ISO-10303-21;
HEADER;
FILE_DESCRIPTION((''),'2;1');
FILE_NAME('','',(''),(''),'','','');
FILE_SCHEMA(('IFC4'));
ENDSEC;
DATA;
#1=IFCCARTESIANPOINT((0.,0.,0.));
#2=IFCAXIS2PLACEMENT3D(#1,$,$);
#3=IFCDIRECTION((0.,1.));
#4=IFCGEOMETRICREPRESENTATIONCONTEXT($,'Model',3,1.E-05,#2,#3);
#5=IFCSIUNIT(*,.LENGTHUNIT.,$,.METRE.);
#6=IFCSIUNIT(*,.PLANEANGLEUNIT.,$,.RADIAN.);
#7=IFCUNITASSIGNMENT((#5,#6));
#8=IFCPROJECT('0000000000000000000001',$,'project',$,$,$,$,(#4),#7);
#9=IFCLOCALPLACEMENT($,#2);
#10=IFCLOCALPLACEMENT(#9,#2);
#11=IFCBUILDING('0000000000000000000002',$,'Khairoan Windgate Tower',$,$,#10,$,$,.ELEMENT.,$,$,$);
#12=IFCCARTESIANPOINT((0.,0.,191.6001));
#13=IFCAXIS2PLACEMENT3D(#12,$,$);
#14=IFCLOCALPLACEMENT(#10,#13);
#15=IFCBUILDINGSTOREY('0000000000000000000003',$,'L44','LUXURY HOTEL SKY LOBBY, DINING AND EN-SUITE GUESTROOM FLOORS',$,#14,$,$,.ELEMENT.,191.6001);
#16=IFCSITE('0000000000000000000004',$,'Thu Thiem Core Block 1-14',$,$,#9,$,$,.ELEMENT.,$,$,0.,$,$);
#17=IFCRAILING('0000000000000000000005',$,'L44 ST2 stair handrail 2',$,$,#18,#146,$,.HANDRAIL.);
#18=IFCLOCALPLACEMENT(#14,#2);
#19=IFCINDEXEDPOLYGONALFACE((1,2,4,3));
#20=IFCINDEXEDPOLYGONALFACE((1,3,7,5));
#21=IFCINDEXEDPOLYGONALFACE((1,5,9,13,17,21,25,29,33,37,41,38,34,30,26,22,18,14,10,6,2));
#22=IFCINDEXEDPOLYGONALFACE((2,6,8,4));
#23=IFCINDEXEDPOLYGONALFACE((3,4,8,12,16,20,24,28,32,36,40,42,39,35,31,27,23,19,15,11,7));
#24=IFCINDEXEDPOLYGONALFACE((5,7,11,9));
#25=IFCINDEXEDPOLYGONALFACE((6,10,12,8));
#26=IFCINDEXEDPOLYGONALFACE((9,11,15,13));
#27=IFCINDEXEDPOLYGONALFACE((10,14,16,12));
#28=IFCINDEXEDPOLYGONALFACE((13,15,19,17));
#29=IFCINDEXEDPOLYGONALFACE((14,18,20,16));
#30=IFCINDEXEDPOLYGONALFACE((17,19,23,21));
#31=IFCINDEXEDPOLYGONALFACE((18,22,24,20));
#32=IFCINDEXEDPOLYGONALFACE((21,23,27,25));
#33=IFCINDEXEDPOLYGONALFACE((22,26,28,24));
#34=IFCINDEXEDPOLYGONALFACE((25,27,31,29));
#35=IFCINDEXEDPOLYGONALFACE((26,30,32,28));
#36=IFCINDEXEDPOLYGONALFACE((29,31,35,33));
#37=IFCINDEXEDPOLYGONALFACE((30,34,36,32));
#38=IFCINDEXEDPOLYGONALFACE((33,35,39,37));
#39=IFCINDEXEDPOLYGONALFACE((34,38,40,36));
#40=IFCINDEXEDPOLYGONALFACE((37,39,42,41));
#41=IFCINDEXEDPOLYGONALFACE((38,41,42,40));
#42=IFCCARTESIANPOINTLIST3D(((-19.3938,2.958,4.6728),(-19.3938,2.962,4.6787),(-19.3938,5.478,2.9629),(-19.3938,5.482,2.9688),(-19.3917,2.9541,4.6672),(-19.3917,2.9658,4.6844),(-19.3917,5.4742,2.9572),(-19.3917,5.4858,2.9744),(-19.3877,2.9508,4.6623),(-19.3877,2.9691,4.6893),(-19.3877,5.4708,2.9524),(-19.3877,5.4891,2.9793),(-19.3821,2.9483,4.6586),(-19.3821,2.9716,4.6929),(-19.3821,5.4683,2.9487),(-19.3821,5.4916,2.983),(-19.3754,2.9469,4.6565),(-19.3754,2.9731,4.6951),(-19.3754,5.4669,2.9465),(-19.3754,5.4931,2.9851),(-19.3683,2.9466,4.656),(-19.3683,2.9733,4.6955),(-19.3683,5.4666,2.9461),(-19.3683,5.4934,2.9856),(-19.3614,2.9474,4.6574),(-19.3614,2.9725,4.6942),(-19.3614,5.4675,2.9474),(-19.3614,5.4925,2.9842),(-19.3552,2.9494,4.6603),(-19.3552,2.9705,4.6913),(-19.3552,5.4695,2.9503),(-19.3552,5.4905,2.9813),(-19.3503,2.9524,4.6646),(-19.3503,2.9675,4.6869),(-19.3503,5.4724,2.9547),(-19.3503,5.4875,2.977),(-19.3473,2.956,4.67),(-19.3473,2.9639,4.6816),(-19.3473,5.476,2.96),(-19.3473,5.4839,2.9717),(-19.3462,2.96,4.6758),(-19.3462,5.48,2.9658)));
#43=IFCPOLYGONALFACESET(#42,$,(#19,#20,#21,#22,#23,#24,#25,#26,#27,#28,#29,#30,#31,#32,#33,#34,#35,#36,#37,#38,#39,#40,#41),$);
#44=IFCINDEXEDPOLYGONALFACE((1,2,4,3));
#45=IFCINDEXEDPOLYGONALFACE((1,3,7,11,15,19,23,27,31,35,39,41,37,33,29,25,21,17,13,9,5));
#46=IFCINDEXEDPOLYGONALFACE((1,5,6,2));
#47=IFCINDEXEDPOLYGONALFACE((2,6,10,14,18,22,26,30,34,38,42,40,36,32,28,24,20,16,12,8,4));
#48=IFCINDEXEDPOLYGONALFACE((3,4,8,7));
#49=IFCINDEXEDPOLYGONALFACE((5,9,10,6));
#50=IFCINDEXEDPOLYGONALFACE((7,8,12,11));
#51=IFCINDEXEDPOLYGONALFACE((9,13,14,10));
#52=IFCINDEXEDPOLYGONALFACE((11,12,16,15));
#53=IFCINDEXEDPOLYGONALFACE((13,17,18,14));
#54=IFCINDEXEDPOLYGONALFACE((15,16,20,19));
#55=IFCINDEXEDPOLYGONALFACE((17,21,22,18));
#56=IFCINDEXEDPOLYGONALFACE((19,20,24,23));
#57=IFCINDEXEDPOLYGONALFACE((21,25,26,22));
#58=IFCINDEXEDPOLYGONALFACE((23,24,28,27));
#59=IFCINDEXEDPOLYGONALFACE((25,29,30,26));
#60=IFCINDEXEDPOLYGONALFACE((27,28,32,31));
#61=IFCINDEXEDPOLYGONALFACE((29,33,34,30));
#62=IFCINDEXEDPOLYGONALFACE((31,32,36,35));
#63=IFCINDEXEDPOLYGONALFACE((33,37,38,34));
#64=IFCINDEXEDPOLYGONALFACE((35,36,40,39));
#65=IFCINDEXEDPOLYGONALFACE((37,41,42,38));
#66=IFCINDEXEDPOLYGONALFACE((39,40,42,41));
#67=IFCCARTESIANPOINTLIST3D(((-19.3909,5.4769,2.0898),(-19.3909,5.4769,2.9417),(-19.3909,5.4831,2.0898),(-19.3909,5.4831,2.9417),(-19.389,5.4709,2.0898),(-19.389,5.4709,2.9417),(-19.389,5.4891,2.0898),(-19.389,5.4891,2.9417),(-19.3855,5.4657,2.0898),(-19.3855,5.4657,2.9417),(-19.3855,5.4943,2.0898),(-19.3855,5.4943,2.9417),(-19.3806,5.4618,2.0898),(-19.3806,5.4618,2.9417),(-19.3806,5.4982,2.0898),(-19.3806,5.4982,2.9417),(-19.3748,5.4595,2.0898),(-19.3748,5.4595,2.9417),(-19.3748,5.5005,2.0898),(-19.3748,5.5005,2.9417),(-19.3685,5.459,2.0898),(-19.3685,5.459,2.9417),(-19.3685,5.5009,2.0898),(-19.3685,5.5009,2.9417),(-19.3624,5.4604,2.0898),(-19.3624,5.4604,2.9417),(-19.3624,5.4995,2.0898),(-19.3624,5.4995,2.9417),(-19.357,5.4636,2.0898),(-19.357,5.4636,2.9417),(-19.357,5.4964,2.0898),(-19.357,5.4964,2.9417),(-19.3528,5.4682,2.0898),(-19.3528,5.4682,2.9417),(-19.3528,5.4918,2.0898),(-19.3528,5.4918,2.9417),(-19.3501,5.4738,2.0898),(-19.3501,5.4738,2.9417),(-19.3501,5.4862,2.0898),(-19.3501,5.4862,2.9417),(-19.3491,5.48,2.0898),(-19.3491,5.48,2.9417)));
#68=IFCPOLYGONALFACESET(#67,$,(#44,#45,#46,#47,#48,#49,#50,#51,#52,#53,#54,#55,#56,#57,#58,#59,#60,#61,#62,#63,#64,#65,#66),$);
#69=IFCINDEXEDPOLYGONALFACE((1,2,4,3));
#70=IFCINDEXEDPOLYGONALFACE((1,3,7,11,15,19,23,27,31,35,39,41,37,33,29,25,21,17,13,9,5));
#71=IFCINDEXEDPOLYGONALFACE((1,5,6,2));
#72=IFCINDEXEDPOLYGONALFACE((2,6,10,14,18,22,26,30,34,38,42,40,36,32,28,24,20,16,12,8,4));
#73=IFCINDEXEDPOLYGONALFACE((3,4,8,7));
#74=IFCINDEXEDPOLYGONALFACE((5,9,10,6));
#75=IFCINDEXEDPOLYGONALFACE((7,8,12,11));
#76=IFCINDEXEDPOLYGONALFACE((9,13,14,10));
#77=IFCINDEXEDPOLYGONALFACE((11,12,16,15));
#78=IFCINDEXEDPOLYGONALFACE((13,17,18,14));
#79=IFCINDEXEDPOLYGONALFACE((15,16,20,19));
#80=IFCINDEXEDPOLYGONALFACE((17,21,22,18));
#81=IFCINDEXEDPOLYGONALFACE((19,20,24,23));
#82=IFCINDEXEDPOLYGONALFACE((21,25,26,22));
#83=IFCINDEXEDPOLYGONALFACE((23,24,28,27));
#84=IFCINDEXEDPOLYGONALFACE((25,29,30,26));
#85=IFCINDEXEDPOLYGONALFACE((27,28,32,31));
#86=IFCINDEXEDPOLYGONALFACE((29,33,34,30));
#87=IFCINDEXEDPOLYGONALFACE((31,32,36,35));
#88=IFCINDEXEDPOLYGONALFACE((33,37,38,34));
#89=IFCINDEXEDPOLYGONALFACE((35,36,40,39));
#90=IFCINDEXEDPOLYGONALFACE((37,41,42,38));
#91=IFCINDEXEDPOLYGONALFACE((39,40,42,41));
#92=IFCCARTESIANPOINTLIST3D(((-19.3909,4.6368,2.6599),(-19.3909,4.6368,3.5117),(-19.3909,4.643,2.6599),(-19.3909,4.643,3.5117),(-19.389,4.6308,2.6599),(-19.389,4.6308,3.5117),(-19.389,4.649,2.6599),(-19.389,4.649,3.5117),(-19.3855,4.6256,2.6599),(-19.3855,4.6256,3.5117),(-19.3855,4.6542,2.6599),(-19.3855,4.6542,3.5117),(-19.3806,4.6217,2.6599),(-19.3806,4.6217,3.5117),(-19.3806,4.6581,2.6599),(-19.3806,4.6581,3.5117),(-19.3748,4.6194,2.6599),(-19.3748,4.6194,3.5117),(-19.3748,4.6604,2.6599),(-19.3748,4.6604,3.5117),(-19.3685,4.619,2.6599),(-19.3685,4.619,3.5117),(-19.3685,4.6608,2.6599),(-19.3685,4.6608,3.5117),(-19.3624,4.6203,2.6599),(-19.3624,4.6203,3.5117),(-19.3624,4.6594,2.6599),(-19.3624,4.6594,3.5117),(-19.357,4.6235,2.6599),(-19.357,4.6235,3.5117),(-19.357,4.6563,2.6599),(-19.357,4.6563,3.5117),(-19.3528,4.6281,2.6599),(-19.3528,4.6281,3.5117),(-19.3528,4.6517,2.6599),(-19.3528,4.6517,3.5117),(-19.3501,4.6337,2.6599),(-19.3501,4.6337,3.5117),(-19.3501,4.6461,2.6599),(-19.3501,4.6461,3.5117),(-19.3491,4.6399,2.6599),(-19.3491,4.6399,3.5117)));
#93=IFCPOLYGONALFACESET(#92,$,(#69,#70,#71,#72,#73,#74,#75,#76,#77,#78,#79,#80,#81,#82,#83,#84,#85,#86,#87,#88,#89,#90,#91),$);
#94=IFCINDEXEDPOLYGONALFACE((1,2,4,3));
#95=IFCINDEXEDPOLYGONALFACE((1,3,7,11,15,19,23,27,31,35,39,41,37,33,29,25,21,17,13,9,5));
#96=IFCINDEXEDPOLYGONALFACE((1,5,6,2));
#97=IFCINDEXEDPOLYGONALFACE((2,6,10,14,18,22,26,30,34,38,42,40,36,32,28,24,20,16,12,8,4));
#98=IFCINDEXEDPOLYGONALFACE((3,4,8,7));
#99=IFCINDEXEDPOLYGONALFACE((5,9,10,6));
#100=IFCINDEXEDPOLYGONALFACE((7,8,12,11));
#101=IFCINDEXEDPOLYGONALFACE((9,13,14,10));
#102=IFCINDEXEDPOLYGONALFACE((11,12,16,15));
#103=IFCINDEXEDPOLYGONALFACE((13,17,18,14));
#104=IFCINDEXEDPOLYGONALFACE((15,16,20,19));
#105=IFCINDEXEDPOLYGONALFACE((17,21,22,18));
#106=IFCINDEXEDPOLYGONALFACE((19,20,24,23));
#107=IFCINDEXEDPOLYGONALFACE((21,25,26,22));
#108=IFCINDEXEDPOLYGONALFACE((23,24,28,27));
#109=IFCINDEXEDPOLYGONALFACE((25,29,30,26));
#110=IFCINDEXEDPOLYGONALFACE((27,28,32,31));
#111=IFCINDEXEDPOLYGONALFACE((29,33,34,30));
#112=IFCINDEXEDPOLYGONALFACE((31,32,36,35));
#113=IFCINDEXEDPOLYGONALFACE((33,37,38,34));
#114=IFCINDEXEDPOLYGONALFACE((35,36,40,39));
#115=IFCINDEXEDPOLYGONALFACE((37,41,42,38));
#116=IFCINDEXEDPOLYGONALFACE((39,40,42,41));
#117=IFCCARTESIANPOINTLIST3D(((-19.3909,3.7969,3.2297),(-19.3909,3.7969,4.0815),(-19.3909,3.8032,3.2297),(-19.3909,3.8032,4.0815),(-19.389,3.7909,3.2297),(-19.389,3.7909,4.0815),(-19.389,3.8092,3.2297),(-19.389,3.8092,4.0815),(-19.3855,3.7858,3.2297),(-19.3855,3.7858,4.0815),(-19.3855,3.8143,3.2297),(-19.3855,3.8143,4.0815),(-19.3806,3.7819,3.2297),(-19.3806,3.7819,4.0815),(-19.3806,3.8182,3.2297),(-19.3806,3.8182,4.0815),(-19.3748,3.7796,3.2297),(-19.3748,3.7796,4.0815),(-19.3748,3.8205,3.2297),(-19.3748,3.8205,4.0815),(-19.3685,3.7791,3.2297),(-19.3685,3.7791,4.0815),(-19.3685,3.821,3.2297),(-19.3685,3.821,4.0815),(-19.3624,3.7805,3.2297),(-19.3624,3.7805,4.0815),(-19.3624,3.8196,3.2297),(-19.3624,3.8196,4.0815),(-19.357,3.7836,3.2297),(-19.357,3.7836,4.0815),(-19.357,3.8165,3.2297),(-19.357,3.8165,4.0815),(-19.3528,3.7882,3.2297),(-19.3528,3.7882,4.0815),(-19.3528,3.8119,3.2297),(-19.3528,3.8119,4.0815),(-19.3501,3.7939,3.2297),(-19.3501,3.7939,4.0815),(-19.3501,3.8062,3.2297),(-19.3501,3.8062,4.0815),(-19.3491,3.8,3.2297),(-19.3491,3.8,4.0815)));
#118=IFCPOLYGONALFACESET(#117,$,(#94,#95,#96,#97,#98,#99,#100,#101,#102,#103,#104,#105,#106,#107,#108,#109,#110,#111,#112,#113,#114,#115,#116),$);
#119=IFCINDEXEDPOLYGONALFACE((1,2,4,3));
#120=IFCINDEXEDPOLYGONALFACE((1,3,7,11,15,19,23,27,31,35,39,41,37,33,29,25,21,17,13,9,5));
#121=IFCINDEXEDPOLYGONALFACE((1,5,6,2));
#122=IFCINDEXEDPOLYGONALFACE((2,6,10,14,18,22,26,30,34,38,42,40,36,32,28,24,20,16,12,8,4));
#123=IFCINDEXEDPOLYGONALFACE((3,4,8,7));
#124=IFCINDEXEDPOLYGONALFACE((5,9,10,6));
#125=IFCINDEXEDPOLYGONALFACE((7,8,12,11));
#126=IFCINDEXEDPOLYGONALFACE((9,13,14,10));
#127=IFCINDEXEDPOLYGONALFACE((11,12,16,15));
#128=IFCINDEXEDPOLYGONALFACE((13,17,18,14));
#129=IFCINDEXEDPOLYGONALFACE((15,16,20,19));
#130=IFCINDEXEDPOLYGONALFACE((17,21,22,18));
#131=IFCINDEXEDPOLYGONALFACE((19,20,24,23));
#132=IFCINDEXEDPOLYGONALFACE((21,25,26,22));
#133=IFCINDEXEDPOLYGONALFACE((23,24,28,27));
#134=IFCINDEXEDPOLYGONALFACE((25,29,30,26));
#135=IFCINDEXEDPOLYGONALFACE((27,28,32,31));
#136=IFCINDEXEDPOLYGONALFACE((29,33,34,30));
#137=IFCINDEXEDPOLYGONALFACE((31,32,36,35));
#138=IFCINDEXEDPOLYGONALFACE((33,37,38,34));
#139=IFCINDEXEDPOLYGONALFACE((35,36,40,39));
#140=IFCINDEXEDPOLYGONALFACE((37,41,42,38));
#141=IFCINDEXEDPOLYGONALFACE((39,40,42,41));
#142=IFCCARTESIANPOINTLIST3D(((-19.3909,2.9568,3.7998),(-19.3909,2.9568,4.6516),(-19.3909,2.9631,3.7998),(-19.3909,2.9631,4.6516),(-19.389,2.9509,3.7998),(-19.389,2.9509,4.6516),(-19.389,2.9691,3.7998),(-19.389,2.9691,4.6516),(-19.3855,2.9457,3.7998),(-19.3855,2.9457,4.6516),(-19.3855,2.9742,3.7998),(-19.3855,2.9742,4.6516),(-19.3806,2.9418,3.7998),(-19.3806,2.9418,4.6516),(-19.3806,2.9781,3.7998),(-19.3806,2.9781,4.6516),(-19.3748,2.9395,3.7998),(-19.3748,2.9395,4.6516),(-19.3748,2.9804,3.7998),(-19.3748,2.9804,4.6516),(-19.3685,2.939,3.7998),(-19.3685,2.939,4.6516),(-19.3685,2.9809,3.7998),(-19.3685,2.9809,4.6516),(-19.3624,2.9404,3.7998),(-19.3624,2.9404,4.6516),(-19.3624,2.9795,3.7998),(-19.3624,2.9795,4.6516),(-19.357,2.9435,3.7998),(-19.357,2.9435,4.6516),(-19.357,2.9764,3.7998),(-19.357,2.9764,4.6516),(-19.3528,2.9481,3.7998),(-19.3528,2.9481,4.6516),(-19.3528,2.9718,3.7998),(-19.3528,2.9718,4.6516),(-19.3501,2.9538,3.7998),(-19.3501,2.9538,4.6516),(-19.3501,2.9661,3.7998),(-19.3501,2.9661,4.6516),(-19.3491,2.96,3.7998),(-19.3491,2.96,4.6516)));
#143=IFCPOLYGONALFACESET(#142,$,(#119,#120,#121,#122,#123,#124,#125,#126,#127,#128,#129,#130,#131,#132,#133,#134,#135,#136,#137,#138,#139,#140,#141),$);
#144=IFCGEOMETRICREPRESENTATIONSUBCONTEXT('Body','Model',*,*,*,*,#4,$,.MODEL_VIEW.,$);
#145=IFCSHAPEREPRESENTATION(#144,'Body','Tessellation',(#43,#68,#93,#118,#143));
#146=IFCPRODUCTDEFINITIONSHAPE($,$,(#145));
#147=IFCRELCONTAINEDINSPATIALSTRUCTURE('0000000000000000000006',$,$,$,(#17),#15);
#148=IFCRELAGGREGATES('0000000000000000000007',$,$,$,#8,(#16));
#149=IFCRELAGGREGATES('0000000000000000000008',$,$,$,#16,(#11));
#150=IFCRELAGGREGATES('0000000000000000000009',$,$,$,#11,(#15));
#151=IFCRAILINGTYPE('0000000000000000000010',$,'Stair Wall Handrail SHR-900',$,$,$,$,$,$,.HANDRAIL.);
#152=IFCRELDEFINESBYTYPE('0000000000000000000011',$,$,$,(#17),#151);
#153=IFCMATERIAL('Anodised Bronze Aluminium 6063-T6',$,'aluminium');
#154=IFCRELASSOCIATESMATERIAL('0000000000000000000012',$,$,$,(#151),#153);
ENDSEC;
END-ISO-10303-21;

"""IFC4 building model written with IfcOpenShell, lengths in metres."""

from ifc_helpers import new_model, si_unit, direction, frame, origin, origin_2d, place, context, subcontext, project, spatial, circle, extrude, material, type_object, element, save


model = new_model("IFC4")

# Units and contexts
model_context = context("Model", 3, precision=1e-05, world=origin(), true_north=direction((0.0, 1.0)))
body_context = subcontext(model_context, "Body", "Model", "MODEL_VIEW")
ifc_project = project(units=[si_unit("LENGTHUNIT", "METRE"), si_unit("PLANEANGLEUNIT", "RADIAN")], contexts=[model_context])

# Site, building, storey
site_placement = place(None, origin())
site = spatial("IfcSite", under=ifc_project, at=site_placement, Name="Thu Thiem Core Block 1-14", CompositionType="ELEMENT", RefElevation=0.0)
building_placement = place(site_placement, origin())
building = spatial("IfcBuilding", under=site, at=building_placement, Name="Khairoan Windgate Tower", CompositionType="ELEMENT")
storey_placement = place(building_placement, frame((0.0, 0.0, 191.6001)))
storey = spatial("IfcBuildingStorey", under=building, at=storey_placement, Name="L44", Description="LUXURY HOTEL SKY LOBBY, DINING AND EN-SUITE GUESTROOM FLOORS", CompositionType="ELEMENT", Elevation=191.6001)

# Railing
ifc_material_1 = material(Name="Anodised Bronze Aluminium 6063-T6", Category="aluminium")
railing_type_1 = type_object("IfcRailingType", Name="Stair Wall Handrail SHR-900", PredefinedType="HANDRAIL", material=ifc_material_1)
railing_1_placement = place(storey_placement, frame((-19.3701, 5.48, 2.0898)))
element("IfcRailing", 1, at=railing_1_placement, inside=storey, type_object=railing_type_1, Name="L44 ST2 stair handrail 2", PredefinedType="HANDRAIL", context=body_context, shape_type="SweptSolid", body=[
    extrude(circle(Radius=0.0239, at=origin_2d()), frame((0.0, 0.0, 0.876), z_axis=(0.0, -0.827484, 0.56149), x_axis=(1.0, 0.0, 0.0)), (0.0, 0.0, 1.0), 3.0454),
    extrude(circle(Radius=0.021, at=origin_2d()), origin(), (0.0, 0.0, 1.0), 0.8518),
    extrude(circle(Radius=0.021, at=origin_2d()), frame((0.0, -0.8401, 0.5701)), (0.0, 0.0, 1.0), 0.8518),
    extrude(circle(Radius=0.021, at=origin_2d()), frame((0.0, -1.6799, 1.1399)), (0.0, 0.0, 1.0), 0.8518),
    extrude(circle(Radius=0.021, at=origin_2d()), frame((0.0, -2.52, 1.71)), (0.0, 0.0, 1.0), 0.8518),
])

save(model, "model.ifc")
